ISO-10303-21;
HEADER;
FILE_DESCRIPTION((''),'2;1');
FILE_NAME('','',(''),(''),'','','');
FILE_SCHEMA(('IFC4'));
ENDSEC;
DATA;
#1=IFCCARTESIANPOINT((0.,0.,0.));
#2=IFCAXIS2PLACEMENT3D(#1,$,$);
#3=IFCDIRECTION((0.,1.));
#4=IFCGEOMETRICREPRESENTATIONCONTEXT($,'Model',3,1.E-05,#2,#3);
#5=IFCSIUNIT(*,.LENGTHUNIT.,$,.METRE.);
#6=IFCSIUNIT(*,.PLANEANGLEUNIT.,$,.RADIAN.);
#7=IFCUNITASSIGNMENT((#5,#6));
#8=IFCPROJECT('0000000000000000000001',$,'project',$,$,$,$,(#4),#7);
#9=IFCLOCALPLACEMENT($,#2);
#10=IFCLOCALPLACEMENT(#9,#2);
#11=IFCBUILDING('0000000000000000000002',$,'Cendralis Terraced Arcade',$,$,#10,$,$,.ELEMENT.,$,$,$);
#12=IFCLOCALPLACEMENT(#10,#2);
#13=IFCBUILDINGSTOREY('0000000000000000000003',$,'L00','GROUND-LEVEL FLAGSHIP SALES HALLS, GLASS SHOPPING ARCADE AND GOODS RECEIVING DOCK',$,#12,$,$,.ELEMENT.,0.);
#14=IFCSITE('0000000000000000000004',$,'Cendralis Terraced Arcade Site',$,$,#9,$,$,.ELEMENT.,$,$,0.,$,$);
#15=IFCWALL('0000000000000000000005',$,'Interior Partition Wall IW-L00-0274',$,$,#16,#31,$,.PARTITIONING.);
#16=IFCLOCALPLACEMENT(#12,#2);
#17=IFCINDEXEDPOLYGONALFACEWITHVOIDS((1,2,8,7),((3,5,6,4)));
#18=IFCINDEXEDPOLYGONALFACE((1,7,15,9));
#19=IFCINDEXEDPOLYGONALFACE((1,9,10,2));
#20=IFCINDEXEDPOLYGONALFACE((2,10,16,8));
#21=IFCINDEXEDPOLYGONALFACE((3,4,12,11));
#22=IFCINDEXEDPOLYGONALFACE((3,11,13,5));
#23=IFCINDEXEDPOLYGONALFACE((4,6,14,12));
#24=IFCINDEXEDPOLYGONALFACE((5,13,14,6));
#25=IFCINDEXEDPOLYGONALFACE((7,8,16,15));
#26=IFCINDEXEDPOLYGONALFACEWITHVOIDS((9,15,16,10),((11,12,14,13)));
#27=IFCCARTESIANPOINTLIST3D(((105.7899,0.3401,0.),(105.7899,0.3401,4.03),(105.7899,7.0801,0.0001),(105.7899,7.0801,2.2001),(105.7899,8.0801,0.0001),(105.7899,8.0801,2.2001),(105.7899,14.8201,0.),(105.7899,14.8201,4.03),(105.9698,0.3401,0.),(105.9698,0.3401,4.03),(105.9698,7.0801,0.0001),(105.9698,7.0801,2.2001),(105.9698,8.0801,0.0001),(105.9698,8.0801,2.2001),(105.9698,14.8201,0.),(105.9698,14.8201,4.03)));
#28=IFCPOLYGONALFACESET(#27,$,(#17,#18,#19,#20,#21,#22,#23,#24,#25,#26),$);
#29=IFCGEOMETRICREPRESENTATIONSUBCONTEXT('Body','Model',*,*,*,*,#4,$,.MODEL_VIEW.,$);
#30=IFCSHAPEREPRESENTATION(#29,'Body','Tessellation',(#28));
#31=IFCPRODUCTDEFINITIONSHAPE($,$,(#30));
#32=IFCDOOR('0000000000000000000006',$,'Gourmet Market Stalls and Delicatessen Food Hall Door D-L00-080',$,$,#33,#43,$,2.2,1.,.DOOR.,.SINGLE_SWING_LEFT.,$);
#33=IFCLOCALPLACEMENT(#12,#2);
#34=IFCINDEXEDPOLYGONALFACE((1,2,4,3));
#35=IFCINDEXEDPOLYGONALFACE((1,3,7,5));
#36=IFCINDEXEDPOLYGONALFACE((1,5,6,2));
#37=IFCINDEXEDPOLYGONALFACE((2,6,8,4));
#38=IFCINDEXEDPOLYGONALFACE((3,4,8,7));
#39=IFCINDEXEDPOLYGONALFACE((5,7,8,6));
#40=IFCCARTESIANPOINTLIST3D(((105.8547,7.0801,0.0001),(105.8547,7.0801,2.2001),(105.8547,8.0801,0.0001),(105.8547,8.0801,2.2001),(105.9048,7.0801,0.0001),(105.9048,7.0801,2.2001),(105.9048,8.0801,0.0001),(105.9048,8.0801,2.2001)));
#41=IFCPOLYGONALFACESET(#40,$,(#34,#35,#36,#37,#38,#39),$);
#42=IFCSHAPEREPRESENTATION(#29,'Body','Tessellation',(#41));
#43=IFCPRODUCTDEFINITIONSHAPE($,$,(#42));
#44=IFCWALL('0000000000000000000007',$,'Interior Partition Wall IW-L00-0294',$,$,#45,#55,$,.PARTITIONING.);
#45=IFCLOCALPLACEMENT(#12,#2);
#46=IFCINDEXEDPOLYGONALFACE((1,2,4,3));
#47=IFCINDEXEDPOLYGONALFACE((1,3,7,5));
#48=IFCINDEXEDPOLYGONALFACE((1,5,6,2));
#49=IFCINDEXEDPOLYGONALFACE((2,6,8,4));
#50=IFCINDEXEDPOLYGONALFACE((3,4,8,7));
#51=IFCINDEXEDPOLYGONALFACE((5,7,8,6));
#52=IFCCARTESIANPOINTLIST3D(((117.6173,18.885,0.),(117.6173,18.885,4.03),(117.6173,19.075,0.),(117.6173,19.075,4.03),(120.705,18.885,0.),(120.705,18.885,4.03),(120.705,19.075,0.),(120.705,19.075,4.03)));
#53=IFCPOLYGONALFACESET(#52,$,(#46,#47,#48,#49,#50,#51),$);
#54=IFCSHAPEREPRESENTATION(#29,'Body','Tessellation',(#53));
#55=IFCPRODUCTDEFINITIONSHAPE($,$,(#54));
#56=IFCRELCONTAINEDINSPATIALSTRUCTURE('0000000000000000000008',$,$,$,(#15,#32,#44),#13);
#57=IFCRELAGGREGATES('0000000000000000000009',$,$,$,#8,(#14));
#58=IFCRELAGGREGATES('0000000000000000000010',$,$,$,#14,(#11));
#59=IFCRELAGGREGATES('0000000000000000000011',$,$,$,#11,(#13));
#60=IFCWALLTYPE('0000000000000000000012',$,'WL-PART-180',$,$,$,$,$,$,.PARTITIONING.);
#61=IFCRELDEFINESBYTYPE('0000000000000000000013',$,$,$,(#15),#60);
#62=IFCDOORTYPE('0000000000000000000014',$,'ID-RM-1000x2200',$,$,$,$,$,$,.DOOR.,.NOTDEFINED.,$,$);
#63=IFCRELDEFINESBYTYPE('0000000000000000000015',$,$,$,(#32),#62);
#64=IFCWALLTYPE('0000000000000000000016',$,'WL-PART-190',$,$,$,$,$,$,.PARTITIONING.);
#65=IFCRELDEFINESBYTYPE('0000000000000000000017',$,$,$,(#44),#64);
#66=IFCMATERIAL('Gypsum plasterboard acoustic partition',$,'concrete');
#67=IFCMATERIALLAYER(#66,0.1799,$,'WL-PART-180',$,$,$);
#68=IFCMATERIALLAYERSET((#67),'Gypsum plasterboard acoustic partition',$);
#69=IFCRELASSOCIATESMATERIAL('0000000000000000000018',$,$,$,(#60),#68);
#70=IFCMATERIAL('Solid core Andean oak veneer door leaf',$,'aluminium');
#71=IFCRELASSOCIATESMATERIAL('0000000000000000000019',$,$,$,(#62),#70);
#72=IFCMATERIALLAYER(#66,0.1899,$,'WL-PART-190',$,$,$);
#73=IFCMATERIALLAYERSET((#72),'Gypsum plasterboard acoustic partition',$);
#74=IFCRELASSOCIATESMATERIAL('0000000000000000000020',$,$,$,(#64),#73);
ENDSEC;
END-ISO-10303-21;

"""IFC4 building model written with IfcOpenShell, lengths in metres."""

from ifc_helpers import new_model, si_unit, direction, frame, frame_2d, origin, place, context, subcontext, project, spatial, rectangle, extrude, material, layer, layer_set, type_object, element, fill, save


model = new_model("IFC4")

# Units and contexts
model_context = context("Model", 3, precision=1e-05, world=origin(), true_north=direction((0.0, 1.0)))
body_context = subcontext(model_context, "Body", "Model", "MODEL_VIEW")
ifc_project = project(units=[si_unit("LENGTHUNIT", "METRE"), si_unit("PLANEANGLEUNIT", "RADIAN")], contexts=[model_context])

# Site, building, storey
site_placement = place(None, origin())
site = spatial("IfcSite", under=ifc_project, at=site_placement, Name="Cendralis Terraced Arcade Site", CompositionType="ELEMENT", RefElevation=0.0)
building_placement = place(site_placement, origin())
building = spatial("IfcBuilding", under=site, at=building_placement, Name="Cendralis Terraced Arcade", CompositionType="ELEMENT")
storey_placement = place(building_placement, origin())
storey = spatial("IfcBuildingStorey", under=building, at=storey_placement, Name="L00", Description="GROUND-LEVEL FLAGSHIP SALES HALLS, GLASS SHOPPING ARCADE AND GOODS RECEIVING DOCK", CompositionType="ELEMENT", Elevation=0.0)

# Shared definitions
ifc_material_1 = material(Name="Gypsum plasterboard acoustic partition", Category="concrete")
ifc_material_2 = material(Name="Solid core Andean oak veneer door leaf", Category="aluminium")

# Wall, opening, door
ifc_layer_1 = layer(ifc_material_1, 0.1799, Name="WL-PART-180")
ifc_layer_set_1 = layer_set([ifc_layer_1], Name="Gypsum plasterboard acoustic partition")
wall_type_1 = type_object("IfcWallType", Name="WL-PART-180", PredefinedType="PARTITIONING", material=ifc_layer_set_1)
wall_1_placement = place(storey_placement, frame((105.8799, 14.8201, 0.0), z_axis=(0.0, 0.0, 1.0), x_axis=(0.0, -1.0, 0.0)))
wall_1 = element("IfcWall", 1, at=wall_1_placement, inside=storey, type_object=wall_type_1, Name="Interior Partition Wall IW-L00-0274", PredefinedType="PARTITIONING", context=body_context, shape_type="SweptSolid", body=[
    extrude(rectangle(XDim=14.48, YDim=0.1799, at=frame_2d((7.24, 0.0))), origin(), (0.0, 0.0, 1.0), 4.03),
])
opening_1_placement = place(wall_1_placement, frame((6.74, 0.0, 0.0)))
opening_1 = element("IfcOpeningElement", 2, at=opening_1_placement, cuts=wall_1, PredefinedType="OPENING", context=body_context, shape_type="SweptSolid", body=[
    extrude(rectangle(XDim=1.0, YDim=2.2, at=frame_2d((0.5, 1.1001))), frame((0.0, 0.1021, 0.0), z_axis=(0.0, -1.0, 0.0), x_axis=(1.0, 0.0, 0.0)), (0.0, 0.0, 1.0), 0.2039),
])
door_type_1 = type_object("IfcDoorType", Name="ID-RM-1000x2200", OperationType="NOTDEFINED", PredefinedType="DOOR", material=ifc_material_2)
door_1_placement = place(opening_1_placement, origin())
door_1 = element("IfcDoor", 3, at=door_1_placement, inside=storey, type_object=door_type_1, Name="Gourmet Market Stalls and Delicatessen Food Hall Door D-L00-080", OperationType="SINGLE_SWING_LEFT", OverallHeight=2.2, OverallWidth=1.0, PredefinedType="DOOR", context=body_context, shape_type="SweptSolid", body=[
    extrude(rectangle(XDim=1.0, YDim=2.2, at=frame_2d((0.5, 1.1001))), frame((0.0, 0.0249, 0.0), z_axis=(0.0, -1.0, 0.0), x_axis=(1.0, 0.0, 0.0)), (0.0, 0.0, 1.0), 0.05),
])
fill(opening_1, door_1)

# Wall
ifc_layer_2 = layer(ifc_material_1, 0.1899, Name="WL-PART-190")
ifc_layer_set_2 = layer_set([ifc_layer_2], Name="Gypsum plasterboard acoustic partition")
wall_type_2 = type_object("IfcWallType", Name="WL-PART-190", PredefinedType="PARTITIONING", material=ifc_layer_set_2)
wall_2_placement = place(storey_placement, frame((120.7051, 18.98, 0.0), z_axis=(0.0, 0.0, 1.0), x_axis=(-1.0, 0.0, 0.0)))
element("IfcWall", 4, at=wall_2_placement, inside=storey, type_object=wall_type_2, Name="Interior Partition Wall IW-L00-0294", PredefinedType="PARTITIONING", context=body_context, shape_type="SweptSolid", body=[
    extrude(rectangle(XDim=3.0876, YDim=0.1899, at=frame_2d((1.5439, 0.0))), origin(), (0.0, 0.0, 1.0), 4.03),
])

save(model, "model.ifc")
